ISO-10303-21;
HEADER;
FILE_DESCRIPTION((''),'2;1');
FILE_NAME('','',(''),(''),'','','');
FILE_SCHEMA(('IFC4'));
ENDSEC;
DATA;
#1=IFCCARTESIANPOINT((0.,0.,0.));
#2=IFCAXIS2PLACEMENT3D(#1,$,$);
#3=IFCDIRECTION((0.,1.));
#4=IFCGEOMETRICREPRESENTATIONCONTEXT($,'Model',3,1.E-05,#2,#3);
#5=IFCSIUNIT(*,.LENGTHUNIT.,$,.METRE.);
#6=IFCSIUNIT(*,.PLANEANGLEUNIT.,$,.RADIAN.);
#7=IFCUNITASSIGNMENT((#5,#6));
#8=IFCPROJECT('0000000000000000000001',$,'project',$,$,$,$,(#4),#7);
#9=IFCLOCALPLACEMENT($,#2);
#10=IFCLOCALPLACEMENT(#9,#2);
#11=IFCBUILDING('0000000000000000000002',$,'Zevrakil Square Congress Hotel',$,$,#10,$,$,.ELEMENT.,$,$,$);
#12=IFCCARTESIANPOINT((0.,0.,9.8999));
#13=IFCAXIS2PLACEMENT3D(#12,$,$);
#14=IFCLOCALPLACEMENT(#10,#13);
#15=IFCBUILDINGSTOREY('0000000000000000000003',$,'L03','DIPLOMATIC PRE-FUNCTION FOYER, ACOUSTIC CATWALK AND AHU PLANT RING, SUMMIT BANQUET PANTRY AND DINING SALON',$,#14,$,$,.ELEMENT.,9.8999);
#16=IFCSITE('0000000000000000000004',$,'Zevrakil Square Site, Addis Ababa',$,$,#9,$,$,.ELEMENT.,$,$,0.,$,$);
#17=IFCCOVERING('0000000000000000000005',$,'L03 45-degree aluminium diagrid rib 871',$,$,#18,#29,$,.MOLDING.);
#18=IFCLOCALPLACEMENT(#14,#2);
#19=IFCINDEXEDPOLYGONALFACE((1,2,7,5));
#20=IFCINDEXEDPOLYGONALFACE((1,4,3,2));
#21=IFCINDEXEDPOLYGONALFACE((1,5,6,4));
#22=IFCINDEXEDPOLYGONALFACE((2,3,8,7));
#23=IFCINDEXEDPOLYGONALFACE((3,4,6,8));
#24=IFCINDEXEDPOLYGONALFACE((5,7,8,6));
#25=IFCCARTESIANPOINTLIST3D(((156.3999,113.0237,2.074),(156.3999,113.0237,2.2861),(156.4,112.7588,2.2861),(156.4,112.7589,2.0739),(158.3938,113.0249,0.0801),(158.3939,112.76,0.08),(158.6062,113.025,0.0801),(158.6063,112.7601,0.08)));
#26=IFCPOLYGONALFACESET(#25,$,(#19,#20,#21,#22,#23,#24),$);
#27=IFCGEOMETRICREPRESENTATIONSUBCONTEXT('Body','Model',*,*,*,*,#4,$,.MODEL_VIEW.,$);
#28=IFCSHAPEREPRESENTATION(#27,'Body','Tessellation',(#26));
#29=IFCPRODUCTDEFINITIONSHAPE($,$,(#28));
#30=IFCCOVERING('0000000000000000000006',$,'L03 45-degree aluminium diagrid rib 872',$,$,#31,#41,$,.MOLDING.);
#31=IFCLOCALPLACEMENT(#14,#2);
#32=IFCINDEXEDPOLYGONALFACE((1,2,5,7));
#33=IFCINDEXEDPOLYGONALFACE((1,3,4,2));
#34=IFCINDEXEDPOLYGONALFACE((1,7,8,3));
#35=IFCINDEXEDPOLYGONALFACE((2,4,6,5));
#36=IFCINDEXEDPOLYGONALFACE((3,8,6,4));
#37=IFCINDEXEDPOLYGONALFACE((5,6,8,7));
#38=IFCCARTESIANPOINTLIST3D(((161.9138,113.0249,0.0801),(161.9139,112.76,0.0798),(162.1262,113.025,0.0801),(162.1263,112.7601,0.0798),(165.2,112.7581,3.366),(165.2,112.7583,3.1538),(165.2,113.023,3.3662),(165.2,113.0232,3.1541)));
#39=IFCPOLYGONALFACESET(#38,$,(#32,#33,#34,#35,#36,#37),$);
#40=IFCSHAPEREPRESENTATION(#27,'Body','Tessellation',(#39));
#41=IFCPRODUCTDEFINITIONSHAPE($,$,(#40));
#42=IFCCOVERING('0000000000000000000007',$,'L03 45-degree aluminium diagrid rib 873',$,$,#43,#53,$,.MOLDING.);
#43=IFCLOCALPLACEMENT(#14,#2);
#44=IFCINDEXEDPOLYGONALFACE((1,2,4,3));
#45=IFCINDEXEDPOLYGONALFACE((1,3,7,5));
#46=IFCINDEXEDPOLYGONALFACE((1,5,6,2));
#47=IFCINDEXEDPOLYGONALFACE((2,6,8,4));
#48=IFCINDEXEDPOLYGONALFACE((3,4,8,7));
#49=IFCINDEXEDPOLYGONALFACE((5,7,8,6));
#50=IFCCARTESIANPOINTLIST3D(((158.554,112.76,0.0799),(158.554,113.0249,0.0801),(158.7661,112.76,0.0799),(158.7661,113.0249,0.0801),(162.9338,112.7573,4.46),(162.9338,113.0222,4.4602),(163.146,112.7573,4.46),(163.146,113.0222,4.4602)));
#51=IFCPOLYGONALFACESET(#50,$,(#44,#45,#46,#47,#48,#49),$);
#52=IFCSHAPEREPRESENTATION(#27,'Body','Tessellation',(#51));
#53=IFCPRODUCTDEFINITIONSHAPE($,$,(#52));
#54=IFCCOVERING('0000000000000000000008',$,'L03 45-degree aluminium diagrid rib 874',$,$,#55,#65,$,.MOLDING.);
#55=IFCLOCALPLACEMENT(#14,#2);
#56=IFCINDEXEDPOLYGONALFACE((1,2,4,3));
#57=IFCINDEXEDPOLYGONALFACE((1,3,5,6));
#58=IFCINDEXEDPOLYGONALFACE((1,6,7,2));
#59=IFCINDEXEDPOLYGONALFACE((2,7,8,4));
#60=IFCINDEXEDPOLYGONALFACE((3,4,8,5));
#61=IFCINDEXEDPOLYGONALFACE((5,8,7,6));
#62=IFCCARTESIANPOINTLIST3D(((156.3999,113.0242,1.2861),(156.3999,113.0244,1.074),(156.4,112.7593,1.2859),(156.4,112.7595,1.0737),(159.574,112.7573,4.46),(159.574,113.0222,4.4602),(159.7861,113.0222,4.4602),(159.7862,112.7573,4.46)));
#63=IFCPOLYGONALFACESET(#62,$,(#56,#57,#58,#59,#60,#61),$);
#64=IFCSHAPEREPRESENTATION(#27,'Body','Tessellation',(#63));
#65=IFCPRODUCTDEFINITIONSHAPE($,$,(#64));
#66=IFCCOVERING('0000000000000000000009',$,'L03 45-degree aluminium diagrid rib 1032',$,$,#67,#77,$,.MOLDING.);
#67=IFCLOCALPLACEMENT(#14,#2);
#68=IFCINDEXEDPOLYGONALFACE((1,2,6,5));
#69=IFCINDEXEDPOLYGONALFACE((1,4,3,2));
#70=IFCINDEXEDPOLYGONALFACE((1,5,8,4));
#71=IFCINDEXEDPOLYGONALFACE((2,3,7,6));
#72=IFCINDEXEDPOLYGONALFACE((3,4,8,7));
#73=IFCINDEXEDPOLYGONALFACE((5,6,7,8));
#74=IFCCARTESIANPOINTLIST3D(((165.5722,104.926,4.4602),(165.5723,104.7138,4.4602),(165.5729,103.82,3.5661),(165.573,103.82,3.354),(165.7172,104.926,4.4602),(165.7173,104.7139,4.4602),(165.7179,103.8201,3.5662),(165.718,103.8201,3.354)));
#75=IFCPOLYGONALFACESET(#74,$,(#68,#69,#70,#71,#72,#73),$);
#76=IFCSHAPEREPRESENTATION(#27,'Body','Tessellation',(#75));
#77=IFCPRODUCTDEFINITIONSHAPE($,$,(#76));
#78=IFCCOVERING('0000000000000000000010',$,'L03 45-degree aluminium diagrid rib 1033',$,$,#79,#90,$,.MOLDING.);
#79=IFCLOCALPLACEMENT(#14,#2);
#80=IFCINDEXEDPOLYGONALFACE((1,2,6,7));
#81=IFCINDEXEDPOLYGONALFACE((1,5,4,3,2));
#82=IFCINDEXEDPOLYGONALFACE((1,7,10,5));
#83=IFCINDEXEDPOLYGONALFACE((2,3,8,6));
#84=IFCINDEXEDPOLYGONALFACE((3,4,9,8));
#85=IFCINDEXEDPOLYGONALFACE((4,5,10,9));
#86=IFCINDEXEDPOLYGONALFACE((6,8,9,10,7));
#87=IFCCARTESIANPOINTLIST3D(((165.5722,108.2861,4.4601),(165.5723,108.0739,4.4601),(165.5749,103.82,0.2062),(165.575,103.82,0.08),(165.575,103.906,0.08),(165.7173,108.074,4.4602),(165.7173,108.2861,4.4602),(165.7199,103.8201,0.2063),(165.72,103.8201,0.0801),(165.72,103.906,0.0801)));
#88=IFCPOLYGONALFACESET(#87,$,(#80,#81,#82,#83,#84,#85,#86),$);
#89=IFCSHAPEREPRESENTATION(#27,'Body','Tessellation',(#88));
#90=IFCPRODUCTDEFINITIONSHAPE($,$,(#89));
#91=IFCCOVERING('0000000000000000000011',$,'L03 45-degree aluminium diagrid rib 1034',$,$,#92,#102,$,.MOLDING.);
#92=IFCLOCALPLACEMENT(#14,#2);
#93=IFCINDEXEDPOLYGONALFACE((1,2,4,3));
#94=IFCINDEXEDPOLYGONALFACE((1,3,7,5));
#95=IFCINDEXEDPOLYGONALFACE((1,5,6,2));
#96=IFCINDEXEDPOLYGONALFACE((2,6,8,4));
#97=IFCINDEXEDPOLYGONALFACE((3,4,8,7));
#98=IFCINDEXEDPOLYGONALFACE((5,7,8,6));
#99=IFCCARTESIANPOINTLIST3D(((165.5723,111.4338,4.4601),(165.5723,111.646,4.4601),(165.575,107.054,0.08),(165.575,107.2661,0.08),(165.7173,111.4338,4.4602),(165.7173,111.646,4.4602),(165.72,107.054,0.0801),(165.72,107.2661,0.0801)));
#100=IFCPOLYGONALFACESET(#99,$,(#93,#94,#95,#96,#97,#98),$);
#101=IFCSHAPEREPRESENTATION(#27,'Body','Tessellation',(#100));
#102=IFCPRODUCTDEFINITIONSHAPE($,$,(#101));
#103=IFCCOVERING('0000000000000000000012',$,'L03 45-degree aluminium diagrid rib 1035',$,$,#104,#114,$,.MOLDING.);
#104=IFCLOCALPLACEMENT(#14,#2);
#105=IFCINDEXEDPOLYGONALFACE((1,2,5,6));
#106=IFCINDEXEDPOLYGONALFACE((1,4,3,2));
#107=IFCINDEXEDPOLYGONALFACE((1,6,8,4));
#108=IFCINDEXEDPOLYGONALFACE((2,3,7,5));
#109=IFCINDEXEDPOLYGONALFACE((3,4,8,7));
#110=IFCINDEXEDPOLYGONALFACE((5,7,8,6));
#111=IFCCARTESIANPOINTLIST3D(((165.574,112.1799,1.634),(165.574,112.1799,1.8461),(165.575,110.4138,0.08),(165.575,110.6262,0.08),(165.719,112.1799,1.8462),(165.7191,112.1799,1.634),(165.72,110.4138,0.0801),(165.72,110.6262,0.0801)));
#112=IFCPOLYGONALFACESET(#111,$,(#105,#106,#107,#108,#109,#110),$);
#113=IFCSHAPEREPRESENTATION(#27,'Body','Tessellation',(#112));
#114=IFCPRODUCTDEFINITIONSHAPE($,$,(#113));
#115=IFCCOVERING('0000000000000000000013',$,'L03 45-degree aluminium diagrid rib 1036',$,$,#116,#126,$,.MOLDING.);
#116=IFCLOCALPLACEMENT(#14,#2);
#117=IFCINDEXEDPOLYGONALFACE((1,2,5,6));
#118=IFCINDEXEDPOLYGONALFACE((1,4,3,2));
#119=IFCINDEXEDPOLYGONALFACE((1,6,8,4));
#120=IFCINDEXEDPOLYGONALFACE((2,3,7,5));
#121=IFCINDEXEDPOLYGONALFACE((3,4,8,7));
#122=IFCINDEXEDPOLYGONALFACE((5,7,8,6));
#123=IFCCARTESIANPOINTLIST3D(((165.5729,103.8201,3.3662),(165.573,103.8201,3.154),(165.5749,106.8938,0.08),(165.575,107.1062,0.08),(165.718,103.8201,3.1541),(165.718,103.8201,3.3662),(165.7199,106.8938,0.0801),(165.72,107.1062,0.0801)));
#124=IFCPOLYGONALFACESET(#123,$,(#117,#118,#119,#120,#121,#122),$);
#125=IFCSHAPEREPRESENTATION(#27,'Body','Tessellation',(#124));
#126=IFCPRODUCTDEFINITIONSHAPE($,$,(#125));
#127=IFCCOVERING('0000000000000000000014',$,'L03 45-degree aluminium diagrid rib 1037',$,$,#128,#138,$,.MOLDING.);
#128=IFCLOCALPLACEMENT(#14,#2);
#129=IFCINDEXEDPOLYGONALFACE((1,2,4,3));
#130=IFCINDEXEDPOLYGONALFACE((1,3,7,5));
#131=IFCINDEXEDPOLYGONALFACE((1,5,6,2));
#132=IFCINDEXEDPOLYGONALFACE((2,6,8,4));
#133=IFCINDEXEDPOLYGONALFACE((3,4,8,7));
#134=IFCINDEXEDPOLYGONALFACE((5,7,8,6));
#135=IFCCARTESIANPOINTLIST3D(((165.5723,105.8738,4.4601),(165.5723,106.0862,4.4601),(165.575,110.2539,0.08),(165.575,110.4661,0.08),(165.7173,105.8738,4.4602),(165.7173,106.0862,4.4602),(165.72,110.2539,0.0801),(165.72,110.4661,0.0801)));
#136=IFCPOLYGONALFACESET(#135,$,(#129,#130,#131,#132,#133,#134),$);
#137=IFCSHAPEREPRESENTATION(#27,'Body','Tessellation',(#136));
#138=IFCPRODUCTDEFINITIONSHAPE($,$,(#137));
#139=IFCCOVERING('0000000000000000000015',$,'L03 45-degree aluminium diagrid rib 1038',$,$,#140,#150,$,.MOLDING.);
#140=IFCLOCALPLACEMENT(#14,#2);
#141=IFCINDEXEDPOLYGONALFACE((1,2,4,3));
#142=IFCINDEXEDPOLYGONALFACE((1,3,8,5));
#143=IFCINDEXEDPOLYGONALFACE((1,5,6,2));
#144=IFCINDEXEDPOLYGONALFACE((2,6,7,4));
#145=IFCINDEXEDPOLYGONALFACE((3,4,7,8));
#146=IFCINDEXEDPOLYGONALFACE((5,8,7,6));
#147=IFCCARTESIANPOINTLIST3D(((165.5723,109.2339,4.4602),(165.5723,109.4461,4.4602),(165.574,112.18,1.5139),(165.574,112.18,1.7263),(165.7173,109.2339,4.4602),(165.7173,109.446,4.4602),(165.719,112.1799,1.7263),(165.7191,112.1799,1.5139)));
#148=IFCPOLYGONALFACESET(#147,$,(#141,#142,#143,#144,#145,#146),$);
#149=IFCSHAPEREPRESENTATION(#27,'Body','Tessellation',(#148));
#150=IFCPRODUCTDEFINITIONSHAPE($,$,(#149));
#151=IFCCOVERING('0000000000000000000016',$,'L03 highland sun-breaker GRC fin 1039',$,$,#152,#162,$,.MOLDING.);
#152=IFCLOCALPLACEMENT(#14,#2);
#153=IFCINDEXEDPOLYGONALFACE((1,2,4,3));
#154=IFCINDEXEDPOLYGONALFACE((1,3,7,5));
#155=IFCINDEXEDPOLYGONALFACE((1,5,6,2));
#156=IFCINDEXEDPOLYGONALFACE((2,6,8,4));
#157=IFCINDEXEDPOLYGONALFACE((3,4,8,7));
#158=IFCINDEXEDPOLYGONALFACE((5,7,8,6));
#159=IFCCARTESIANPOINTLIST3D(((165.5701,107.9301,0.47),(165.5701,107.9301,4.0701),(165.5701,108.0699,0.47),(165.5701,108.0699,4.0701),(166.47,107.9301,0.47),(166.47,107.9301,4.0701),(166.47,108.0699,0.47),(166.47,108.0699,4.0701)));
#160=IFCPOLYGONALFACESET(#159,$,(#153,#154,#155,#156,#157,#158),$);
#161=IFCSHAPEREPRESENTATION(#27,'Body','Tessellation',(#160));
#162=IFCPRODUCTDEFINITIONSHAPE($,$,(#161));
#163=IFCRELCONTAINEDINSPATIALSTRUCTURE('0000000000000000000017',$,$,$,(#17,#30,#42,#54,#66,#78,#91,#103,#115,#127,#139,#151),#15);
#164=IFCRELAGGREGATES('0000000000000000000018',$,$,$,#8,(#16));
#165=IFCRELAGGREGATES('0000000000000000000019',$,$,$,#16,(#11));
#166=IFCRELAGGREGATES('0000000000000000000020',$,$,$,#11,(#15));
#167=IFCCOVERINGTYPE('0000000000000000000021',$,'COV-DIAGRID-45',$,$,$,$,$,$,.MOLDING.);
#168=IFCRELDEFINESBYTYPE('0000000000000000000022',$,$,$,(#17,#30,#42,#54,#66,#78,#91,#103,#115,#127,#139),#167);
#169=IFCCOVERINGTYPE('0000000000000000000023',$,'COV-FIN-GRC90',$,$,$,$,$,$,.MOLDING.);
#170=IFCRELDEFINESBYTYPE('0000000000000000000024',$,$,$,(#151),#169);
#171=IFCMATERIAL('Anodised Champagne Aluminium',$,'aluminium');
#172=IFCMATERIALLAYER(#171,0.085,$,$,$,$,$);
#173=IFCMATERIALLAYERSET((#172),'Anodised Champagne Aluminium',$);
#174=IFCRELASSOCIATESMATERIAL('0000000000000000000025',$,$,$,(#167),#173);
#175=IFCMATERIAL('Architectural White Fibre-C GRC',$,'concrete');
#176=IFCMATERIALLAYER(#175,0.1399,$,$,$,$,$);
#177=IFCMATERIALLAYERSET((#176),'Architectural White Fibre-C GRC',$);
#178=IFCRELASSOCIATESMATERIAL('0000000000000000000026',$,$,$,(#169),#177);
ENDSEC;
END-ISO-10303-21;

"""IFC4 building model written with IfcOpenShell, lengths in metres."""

from ifc_helpers import new_model, si_unit, direction, frame, origin, origin_2d, place, context, subcontext, project, spatial, polyline, rectangle, outline, extrude, material, layer, layer_set, type_object, element, save


model = new_model("IFC4")

# Units and contexts
model_context = context("Model", 3, precision=1e-05, world=origin(), true_north=direction((0.0, 1.0)))
body_context = subcontext(model_context, "Body", "Model", "MODEL_VIEW")
ifc_project = project(units=[si_unit("LENGTHUNIT", "METRE"), si_unit("PLANEANGLEUNIT", "RADIAN")], contexts=[model_context])

# Site, building, storey
site_placement = place(None, origin())
site = spatial("IfcSite", under=ifc_project, at=site_placement, Name="Zevrakil Square Site, Addis Ababa", CompositionType="ELEMENT", RefElevation=0.0)
building_placement = place(site_placement, origin())
building = spatial("IfcBuilding", under=site, at=building_placement, Name="Zevrakil Square Congress Hotel", CompositionType="ELEMENT")
storey_placement = place(building_placement, frame((0.0, 0.0, 9.8999)))
storey = spatial("IfcBuildingStorey", under=building, at=storey_placement, Name="L03", Description="DIPLOMATIC PRE-FUNCTION FOYER, ACOUSTIC CATWALK AND AHU PLANT RING, SUMMIT BANQUET PANTRY AND DINING SALON", CompositionType="ELEMENT", Elevation=9.8999)

# Coverings
ifc_material_1 = material(Name="Anodised Champagne Aluminium", Category="aluminium")
ifc_layer_1 = layer(ifc_material_1, 0.085)
ifc_layer_set_1 = layer_set([ifc_layer_1], Name="Anodised Champagne Aluminium")
covering_type_1 = type_object("IfcCoveringType", Name="COV-DIAGRID-45", PredefinedType="MOLDING", material=ifc_layer_set_1)
covering_1_placement = place(storey_placement, frame((158.3938, 113.0249, 0.0801), z_axis=(-0.00029, 1.0, 0.000291), x_axis=(1.0, 0.00029, 0.0)))
element("IfcCovering", 1, at=covering_1_placement, inside=storey, type_object=covering_type_1, Name="L03 45-degree aluminium diagrid rib 871", PredefinedType="MOLDING", context=body_context, shape_type="SweptSolid", body=[
    extrude(outline(polyline([(0.0, 0.0), (0.2124, 0.0), (-1.9939, -2.2061), (-1.9939, -1.9939), (0.0, 0.0)])), origin(), (0.0, 0.0, -1.0), 0.2649),
])
covering_2_placement = place(storey_placement, frame((165.2, 113.0232, 3.1541), z_axis=(-0.000287, 1.0, 0.000863), x_axis=(0.0, -0.000863, 1.0)))
element("IfcCovering", 2, at=covering_2_placement, inside=storey, type_object=covering_type_1, Name="L03 45-degree aluminium diagrid rib 872", PredefinedType="MOLDING", context=body_context, shape_type="SweptSolid", body=[
    extrude(outline(polyline([(0.0, 0.0), (0.2122, 0.0), (-3.074, -3.2861), (-3.074, -3.0737), (0.0, 0.0)])), origin(), (0.0, 0.0, -1.0), 0.2649),
])
covering_3_placement = place(storey_placement, frame((163.146, 113.0222, 4.4602), z_axis=(0.0, 1.0, 0.000613), x_axis=(-1.0, 0.0, 0.0)))
element("IfcCovering", 3, at=covering_3_placement, inside=storey, type_object=covering_type_1, Name="L03 45-degree aluminium diagrid rib 873", PredefinedType="MOLDING", context=body_context, shape_type="SweptSolid", body=[
    extrude(outline(polyline([(0.0, 0.0), (0.2122, 0.0), (4.592, -4.3801), (4.3799, -4.3801), (0.0, 0.0)])), origin(), (0.0, 0.0, -1.0), 0.2649),
])
covering_4_placement = place(storey_placement, frame((159.7861, 113.0222, 4.4602), z_axis=(-0.000259, 1.0, 0.000892), x_axis=(-1.0, -0.000259, 0.0)))
element("IfcCovering", 4, at=covering_4_placement, inside=storey, type_object=covering_type_1, Name="L03 45-degree aluminium diagrid rib 874", PredefinedType="MOLDING", context=body_context, shape_type="SweptSolid", body=[
    extrude(outline(polyline([(0.0, 0.0), (0.2122, 0.0), (3.3862, -3.1741), (3.3862, -3.3862), (0.0, 0.0)])), origin(), (0.0, 0.0, -1.0), 0.2649),
])
covering_5_placement = place(storey_placement, frame((165.718, 103.8201, 3.354), z_axis=(1.0, 0.000366, 0.000366), x_axis=(-0.000366, 0.0, 1.0)))
element("IfcCovering", 5, at=covering_5_placement, inside=storey, type_object=covering_type_1, Name="L03 45-degree aluminium diagrid rib 1032", PredefinedType="MOLDING", context=body_context, shape_type="SweptSolid", body=[
    extrude(outline(polyline([(0.0, 0.0), (0.2122, 0.0), (1.1062, -0.8938), (1.1062, -1.106), (0.0, 0.0)])), origin(), (0.0, 0.0, -1.0), 0.145),
])
covering_6_placement = place(storey_placement, frame((165.72, 103.906, 0.0801), z_axis=(1.0, 0.000184, 0.000434), x_axis=(0.000184, -1.0, 0.0)))
element("IfcCovering", 6, at=covering_6_placement, inside=storey, type_object=covering_type_1, Name="L03 45-degree aluminium diagrid rib 1033", PredefinedType="MOLDING", context=body_context, shape_type="SweptSolid", body=[
    extrude(outline(polyline([(0.0, 0.0), (0.0859, 0.0), (0.0859, -0.1262), (-4.168, -4.3801), (-4.3801, -4.3801), (0.0, 0.0)])), origin(), (0.0, 0.0, -1.0), 0.145),
])
covering_7_placement = place(storey_placement, frame((165.72, 107.2661, 0.0801), z_axis=(1.0, 0.0, 0.000613), x_axis=(0.0, -1.0, 0.0)))
element("IfcCovering", 7, at=covering_7_placement, inside=storey, type_object=covering_type_1, Name="L03 45-degree aluminium diagrid rib 1034", PredefinedType="MOLDING", context=body_context, shape_type="SweptSolid", body=[
    extrude(outline(polyline([(0.0, 0.0), (0.2122, 0.0), (-4.1677, -4.3801), (-4.3799, -4.3801), (0.0, 0.0)])), origin(), (0.0, 0.0, -1.0), 0.145),
])
covering_8_placement = place(storey_placement, frame((165.72, 110.6262, 0.0801), z_axis=(1.0, 0.000294, 0.000294), x_axis=(0.000294, -1.0, 0.0)))
element("IfcCovering", 8, at=covering_8_placement, inside=storey, type_object=covering_type_1, Name="L03 45-degree aluminium diagrid rib 1035", PredefinedType="MOLDING", context=body_context, shape_type="SweptSolid", body=[
    extrude(outline(polyline([(0.0, 0.0), (0.2124, 0.0), (-1.5537, -1.7661), (-1.5537, -1.554), (0.0, 0.0)])), origin(), (0.0, 0.0, -1.0), 0.145),
])
covering_9_placement = place(storey_placement, frame((165.718, 103.8201, 3.1541), z_axis=(1.0, -0.000307, 0.000307), x_axis=(-0.000307, 0.0, 1.0)))
element("IfcCovering", 9, at=covering_9_placement, inside=storey, type_object=covering_type_1, Name="L03 45-degree aluminium diagrid rib 1036", PredefinedType="MOLDING", context=body_context, shape_type="SweptSolid", body=[
    extrude(outline(polyline([(0.0, 0.0), (0.2122, 0.0), (-3.074, -3.2861), (-3.074, -3.0737), (0.0, 0.0)])), origin(), (0.0, 0.0, -1.0), 0.145),
])
covering_10_placement = place(storey_placement, frame((165.7173, 105.8738, 4.4602), z_axis=(1.0, 0.0, 0.000613), x_axis=(0.0, 1.0, 0.0)))
element("IfcCovering", 10, at=covering_10_placement, inside=storey, type_object=covering_type_1, Name="L03 45-degree aluminium diagrid rib 1037", PredefinedType="MOLDING", context=body_context, shape_type="SweptSolid", body=[
    extrude(outline(polyline([(0.0, 0.0), (0.2124, 0.0), (4.5923, -4.3801), (4.3801, -4.3801), (0.0, 0.0)])), origin(), (0.0, 0.0, -1.0), 0.145),
])
covering_11_placement = place(storey_placement, frame((165.7173, 109.2339, 4.4602), z_axis=(1.0, -0.000301, 0.000301), x_axis=(0.000301, 1.0, 0.0)))
element("IfcCovering", 11, at=covering_11_placement, inside=storey, type_object=covering_type_1, Name="L03 45-degree aluminium diagrid rib 1038", PredefinedType="MOLDING", context=body_context, shape_type="SweptSolid", body=[
    extrude(outline(polyline([(0.0, 0.0), (0.2122, 0.0), (2.946, -2.7339), (2.946, -2.9463), (0.0, 0.0)])), origin(), (0.0, 0.0, -1.0), 0.145),
])
ifc_material_2 = material(Name="Architectural White Fibre-C GRC", Category="concrete")
ifc_layer_2 = layer(ifc_material_2, 0.1399)
ifc_layer_set_2 = layer_set([ifc_layer_2], Name="Architectural White Fibre-C GRC")
covering_type_2 = type_object("IfcCoveringType", Name="COV-FIN-GRC90", PredefinedType="MOLDING", material=ifc_layer_set_2)
covering_12_placement = place(storey_placement, frame((166.02, 108.0, 0.47), z_axis=(0.0, 0.0, 1.0), x_axis=(1.0, 0.0, 0.0)))
element("IfcCovering", 12, at=covering_12_placement, inside=storey, type_object=covering_type_2, Name="L03 highland sun-breaker GRC fin 1039", PredefinedType="MOLDING", context=body_context, shape_type="SweptSolid", body=[
    extrude(rectangle(XDim=0.8999, YDim=0.1399, at=origin_2d()), origin(), (0.0, 0.0, 1.0), 3.6001),
])

save(model, "model.ifc")
